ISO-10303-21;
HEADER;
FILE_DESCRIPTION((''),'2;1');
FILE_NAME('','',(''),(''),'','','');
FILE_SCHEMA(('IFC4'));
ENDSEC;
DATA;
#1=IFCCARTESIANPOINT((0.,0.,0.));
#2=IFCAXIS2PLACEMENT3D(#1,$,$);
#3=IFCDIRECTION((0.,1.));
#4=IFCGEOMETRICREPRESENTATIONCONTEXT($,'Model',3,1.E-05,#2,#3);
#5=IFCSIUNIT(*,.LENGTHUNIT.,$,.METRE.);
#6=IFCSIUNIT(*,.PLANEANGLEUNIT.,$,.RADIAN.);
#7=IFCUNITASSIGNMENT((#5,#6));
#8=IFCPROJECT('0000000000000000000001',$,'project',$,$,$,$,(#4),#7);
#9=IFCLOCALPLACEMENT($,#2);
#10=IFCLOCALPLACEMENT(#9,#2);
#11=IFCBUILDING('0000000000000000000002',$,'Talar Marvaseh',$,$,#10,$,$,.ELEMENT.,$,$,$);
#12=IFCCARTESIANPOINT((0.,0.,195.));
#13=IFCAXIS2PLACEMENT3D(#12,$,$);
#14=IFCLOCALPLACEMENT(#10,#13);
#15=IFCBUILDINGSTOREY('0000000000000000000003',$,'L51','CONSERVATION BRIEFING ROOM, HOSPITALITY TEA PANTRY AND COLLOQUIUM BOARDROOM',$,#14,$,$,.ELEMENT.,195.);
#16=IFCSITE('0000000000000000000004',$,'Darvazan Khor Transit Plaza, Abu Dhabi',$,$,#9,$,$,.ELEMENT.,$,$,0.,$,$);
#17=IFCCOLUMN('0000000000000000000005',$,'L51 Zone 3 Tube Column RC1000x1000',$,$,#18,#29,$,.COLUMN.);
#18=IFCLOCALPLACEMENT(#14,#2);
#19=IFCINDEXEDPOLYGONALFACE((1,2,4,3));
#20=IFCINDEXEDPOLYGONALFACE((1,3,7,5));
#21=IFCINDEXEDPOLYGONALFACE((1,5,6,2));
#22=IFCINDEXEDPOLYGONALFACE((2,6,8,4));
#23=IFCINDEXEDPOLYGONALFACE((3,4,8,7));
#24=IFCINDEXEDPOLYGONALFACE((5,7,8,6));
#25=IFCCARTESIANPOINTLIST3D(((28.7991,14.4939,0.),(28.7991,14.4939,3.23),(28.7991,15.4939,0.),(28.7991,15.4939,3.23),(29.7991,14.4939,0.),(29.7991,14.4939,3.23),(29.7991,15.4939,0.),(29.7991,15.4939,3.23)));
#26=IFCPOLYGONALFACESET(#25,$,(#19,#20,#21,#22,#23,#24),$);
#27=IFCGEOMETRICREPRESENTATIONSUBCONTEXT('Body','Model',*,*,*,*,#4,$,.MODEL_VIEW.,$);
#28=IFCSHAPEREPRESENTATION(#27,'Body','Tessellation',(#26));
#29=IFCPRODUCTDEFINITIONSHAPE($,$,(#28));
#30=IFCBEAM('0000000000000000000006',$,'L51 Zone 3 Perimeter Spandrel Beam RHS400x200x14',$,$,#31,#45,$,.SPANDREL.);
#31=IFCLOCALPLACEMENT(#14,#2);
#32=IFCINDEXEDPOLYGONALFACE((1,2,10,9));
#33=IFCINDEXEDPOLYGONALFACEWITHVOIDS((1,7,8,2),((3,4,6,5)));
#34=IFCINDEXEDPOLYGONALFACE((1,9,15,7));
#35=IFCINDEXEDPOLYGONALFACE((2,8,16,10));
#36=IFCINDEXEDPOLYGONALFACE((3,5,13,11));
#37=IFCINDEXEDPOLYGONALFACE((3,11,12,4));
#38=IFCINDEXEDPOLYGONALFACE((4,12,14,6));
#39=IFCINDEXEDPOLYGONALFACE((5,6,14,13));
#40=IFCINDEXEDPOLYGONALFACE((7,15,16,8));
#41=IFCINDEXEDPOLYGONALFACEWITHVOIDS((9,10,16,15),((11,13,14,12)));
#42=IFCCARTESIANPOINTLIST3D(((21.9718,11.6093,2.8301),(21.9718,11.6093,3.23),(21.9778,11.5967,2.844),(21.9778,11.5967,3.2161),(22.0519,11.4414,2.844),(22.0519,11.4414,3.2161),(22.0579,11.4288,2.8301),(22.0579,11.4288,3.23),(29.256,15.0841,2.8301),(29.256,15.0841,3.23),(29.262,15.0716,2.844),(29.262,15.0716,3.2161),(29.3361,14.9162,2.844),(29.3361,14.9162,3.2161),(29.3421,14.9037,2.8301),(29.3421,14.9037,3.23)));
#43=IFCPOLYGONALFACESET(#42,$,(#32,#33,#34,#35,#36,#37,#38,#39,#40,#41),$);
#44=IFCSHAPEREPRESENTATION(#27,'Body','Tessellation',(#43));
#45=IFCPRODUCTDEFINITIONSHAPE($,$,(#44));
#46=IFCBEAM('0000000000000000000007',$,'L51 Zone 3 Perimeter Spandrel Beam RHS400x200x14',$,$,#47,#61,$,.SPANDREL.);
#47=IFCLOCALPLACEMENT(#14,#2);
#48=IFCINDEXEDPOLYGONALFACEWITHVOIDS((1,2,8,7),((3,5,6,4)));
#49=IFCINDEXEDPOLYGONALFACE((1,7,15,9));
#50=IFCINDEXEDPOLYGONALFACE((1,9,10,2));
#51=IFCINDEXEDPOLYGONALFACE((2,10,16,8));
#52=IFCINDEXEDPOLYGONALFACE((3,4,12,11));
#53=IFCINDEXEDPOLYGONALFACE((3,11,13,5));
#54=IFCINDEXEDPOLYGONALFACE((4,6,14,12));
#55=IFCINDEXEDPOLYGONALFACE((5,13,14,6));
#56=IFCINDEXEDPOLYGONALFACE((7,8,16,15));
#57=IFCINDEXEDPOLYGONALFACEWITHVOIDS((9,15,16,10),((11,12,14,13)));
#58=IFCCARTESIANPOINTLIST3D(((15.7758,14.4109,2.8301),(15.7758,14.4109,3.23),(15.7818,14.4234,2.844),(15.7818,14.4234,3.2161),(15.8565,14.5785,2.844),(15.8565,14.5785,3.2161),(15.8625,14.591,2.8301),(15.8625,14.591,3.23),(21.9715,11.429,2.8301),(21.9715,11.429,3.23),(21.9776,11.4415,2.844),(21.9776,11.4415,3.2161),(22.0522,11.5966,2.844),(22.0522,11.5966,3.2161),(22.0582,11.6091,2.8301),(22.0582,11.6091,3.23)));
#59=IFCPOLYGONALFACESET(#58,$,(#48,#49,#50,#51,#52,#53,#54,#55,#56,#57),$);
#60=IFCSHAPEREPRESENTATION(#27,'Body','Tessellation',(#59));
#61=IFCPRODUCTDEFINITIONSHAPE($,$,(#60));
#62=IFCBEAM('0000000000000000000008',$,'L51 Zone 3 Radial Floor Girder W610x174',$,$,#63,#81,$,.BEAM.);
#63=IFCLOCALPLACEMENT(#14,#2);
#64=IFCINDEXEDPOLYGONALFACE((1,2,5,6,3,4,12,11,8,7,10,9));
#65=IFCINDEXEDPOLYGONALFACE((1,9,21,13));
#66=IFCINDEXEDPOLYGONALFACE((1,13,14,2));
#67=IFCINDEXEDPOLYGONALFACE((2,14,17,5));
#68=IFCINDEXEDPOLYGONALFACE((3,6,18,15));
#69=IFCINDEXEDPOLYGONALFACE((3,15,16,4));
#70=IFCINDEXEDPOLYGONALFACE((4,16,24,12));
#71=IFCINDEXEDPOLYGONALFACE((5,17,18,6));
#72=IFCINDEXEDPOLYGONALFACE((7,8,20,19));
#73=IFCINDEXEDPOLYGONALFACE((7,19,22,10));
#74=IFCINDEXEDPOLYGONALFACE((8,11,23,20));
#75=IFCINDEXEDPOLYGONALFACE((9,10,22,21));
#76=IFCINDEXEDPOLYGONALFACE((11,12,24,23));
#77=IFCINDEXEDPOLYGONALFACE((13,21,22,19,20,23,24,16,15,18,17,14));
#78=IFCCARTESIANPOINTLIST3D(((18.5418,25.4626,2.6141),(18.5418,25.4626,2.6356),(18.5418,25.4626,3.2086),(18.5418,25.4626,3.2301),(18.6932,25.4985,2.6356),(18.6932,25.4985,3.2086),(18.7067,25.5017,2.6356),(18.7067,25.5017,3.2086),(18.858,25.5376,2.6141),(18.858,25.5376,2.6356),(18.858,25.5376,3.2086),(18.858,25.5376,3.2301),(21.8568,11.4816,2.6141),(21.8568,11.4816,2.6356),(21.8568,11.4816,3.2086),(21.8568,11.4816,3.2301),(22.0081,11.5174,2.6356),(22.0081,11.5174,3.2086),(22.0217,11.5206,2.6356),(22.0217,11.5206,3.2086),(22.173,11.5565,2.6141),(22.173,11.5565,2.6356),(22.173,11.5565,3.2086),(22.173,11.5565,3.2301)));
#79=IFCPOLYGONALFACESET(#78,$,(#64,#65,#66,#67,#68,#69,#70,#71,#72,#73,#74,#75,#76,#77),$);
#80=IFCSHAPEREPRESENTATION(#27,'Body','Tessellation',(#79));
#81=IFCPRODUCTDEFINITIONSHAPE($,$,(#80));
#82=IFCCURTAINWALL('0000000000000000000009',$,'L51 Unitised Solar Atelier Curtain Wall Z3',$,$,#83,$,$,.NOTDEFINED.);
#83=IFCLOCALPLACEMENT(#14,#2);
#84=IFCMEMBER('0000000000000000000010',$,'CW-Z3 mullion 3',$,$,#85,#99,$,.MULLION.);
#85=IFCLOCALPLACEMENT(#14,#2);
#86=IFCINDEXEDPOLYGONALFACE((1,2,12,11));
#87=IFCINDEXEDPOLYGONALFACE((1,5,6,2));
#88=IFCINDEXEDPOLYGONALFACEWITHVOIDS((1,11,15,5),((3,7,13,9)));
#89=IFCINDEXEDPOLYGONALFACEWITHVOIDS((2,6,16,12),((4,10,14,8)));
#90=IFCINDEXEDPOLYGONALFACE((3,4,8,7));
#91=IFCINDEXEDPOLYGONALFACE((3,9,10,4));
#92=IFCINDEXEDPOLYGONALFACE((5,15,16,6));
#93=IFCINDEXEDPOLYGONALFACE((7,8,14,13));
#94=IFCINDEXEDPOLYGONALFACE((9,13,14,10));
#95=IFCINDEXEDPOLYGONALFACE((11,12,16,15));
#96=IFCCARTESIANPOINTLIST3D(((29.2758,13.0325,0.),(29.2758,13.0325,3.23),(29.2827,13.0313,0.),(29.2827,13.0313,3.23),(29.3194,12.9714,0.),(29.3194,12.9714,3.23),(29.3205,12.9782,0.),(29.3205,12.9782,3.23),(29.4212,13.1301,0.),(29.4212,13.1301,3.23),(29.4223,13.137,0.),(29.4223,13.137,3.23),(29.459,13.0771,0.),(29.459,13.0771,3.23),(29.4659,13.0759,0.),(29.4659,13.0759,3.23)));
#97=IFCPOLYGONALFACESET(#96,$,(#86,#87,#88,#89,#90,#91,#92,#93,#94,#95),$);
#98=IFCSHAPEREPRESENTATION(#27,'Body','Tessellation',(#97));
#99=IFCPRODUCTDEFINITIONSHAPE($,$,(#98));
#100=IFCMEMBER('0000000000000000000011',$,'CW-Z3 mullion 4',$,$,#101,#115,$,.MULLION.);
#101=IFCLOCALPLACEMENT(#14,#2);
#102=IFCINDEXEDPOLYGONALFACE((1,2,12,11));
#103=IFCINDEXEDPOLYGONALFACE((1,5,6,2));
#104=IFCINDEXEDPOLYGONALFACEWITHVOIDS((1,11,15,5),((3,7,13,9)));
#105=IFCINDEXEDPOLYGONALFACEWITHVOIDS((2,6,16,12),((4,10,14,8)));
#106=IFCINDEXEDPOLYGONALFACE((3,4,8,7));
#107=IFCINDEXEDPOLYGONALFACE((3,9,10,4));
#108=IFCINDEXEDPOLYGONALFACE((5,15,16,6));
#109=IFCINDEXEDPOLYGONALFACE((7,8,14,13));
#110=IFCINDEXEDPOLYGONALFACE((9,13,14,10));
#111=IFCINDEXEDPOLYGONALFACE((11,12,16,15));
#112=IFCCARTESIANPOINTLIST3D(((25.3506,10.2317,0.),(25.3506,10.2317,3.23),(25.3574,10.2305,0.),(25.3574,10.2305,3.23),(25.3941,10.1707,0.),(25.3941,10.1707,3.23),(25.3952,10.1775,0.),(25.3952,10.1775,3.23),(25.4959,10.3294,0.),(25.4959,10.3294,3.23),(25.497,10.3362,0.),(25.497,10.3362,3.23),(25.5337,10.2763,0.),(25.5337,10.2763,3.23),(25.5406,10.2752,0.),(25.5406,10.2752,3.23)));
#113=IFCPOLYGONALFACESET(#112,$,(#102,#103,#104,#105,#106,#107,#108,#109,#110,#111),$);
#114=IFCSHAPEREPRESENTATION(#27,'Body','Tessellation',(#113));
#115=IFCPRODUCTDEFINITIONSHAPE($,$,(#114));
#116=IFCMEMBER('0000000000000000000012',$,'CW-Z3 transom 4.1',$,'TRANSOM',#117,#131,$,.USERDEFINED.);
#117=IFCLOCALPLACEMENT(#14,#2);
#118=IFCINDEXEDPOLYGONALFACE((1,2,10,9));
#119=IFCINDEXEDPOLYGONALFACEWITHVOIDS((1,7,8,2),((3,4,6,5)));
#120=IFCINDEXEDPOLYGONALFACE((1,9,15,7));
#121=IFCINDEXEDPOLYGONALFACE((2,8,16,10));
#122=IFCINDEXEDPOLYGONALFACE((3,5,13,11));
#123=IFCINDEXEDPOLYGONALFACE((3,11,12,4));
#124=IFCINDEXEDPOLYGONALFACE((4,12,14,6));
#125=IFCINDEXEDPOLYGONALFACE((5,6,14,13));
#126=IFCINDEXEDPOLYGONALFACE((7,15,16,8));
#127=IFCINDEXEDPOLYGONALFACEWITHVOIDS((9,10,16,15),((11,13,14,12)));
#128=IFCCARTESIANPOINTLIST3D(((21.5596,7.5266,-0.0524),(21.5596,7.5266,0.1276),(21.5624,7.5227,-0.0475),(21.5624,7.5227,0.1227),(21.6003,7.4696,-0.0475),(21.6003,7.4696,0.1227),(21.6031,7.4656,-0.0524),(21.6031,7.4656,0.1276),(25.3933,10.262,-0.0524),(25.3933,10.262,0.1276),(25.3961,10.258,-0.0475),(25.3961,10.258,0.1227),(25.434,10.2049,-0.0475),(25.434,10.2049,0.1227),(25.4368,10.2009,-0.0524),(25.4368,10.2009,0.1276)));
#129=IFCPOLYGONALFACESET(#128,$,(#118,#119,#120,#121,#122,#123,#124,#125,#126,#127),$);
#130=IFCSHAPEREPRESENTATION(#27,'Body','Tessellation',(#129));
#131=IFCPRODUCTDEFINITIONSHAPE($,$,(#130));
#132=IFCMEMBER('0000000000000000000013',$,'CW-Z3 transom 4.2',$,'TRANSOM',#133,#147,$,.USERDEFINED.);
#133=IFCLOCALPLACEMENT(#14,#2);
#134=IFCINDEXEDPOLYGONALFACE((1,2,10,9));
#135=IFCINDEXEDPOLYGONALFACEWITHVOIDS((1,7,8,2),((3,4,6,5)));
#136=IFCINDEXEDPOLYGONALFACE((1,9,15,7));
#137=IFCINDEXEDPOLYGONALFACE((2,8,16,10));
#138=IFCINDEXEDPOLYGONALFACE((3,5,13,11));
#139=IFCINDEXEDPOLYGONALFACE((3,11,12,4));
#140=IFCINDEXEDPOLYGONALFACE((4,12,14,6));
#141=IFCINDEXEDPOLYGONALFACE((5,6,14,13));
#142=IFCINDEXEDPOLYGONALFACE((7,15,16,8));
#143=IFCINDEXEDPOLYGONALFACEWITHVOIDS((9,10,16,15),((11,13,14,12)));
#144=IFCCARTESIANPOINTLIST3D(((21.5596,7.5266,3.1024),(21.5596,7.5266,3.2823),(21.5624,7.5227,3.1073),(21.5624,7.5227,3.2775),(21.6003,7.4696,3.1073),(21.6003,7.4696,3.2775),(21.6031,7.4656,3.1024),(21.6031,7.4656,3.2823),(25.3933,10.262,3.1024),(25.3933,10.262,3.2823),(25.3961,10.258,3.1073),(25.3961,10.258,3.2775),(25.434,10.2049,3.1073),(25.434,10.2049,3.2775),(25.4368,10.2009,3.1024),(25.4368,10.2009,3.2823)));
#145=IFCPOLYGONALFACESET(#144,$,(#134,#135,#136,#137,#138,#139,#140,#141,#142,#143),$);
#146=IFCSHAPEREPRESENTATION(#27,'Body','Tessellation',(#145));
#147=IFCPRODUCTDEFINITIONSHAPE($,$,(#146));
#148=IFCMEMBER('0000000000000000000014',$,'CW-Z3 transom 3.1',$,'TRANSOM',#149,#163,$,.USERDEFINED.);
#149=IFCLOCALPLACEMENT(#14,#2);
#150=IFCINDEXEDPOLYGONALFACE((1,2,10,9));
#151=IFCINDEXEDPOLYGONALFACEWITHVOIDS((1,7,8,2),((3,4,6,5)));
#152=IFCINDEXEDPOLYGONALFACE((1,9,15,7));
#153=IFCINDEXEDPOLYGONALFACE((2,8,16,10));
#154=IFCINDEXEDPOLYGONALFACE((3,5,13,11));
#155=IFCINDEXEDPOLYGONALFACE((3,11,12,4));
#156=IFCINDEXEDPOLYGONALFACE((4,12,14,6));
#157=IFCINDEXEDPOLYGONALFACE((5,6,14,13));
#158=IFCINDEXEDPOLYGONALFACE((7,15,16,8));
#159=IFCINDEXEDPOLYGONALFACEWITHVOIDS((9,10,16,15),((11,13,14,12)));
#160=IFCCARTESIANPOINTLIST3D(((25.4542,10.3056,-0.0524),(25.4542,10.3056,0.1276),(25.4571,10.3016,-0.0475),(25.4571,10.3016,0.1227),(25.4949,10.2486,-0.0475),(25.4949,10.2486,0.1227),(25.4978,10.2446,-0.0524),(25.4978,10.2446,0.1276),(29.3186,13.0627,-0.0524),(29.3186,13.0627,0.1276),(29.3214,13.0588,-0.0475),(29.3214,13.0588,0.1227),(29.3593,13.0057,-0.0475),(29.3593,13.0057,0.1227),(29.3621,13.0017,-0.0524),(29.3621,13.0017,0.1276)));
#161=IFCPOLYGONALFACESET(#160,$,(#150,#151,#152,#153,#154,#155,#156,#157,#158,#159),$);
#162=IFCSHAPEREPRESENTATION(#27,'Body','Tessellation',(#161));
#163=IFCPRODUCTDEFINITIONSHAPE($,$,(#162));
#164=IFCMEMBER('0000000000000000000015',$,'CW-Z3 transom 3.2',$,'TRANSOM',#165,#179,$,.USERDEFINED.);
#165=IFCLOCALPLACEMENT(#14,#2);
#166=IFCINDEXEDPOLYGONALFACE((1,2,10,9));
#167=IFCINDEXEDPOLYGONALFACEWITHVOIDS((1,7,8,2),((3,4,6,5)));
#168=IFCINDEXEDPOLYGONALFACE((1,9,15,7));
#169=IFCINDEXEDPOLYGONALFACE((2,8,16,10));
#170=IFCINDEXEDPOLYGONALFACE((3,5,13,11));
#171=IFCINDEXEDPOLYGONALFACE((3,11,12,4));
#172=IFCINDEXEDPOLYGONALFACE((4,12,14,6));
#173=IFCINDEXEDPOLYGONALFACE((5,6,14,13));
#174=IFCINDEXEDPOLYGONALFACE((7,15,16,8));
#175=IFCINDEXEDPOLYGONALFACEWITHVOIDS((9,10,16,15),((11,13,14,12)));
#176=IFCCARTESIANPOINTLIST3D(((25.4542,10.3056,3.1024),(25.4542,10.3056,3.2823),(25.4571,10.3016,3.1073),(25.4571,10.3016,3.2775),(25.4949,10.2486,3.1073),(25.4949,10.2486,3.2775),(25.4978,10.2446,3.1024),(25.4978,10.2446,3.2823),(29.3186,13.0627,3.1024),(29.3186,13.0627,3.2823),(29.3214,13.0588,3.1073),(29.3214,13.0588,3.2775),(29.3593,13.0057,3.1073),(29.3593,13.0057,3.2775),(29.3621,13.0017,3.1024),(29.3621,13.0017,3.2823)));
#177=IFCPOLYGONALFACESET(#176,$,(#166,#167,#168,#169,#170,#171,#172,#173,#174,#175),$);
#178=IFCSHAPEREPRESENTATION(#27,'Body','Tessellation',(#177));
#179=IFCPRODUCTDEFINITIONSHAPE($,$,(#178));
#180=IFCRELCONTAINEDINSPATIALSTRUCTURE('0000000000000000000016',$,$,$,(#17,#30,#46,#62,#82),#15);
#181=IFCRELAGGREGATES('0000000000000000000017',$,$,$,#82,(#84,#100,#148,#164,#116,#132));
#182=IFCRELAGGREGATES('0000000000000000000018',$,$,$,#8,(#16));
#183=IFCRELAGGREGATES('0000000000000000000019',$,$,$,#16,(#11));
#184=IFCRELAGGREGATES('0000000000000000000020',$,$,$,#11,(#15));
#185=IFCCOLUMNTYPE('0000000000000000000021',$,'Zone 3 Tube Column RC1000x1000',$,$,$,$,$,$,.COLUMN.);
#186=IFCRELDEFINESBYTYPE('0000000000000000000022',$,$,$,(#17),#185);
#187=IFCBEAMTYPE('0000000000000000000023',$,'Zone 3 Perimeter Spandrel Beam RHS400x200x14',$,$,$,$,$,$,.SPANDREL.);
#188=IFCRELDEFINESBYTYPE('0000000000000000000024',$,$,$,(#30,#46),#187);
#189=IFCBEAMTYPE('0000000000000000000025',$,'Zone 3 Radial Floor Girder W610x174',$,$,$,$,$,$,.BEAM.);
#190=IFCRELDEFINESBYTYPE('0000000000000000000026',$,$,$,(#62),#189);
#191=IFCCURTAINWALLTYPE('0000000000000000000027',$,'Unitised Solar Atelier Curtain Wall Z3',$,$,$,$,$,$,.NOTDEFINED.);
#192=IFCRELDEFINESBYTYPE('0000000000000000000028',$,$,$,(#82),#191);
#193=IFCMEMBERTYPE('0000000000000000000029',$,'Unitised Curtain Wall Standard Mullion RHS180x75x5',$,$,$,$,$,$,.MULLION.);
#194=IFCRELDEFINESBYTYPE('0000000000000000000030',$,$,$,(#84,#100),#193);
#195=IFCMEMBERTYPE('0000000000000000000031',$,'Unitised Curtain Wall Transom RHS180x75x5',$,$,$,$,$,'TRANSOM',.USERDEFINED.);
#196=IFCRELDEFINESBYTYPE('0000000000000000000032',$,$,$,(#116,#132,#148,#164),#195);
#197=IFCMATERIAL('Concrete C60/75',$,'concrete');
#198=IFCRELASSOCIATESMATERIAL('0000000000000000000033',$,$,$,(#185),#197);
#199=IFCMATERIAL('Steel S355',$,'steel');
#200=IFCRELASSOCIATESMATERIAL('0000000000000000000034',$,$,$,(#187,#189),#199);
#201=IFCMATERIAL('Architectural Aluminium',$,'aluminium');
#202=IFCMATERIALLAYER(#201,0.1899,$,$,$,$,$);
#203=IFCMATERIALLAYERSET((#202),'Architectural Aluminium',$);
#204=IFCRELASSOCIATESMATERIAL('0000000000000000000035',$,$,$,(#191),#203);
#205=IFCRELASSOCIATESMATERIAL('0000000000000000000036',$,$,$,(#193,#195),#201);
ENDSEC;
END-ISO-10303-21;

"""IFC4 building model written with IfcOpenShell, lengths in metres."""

from ifc_helpers import new_model, si_unit, direction, frame, origin, origin_2d, place, context, subcontext, project, spatial, rectangle, hollow_rectangle, i_section, extrude, source, transform, mapped, material, layer, layer_set, material_profile, profile_set, type_object, type_shapes, element, aggregate, save


model = new_model("IFC4")

# Units and contexts
model_context = context("Model", 3, precision=1e-05, world=origin(), true_north=direction((0.0, 1.0)))
body_context = subcontext(model_context, "Body", "Model", "MODEL_VIEW")
ifc_project = project(units=[si_unit("LENGTHUNIT", "METRE"), si_unit("PLANEANGLEUNIT", "RADIAN")], contexts=[model_context])

# Site, building, storey
site_placement = place(None, origin())
site = spatial("IfcSite", under=ifc_project, at=site_placement, Name="Darvazan Khor Transit Plaza, Abu Dhabi", CompositionType="ELEMENT", RefElevation=0.0)
building_placement = place(site_placement, origin())
building = spatial("IfcBuilding", under=site, at=building_placement, Name="Talar Marvaseh", CompositionType="ELEMENT")
storey_placement = place(building_placement, frame((0.0, 0.0, 195.0)))
storey = spatial("IfcBuildingStorey", under=building, at=storey_placement, Name="L51", Description="CONSERVATION BRIEFING ROOM, HOSPITALITY TEA PANTRY AND COLLOQUIUM BOARDROOM", CompositionType="ELEMENT", Elevation=195.0)

# Column
ifc_material_1 = material(Name="Concrete C60/75", Category="concrete")
ifc_material_profile_1 = material_profile(ifc_material_1, rectangle(XDim=1.0, YDim=1.0, at=origin_2d()), Name="RC1000x1000")
ifc_profile_set_1 = profile_set([ifc_material_profile_1], Name="Concrete C60/75")
column_type = type_object("IfcColumnType", Name="Zone 3 Tube Column RC1000x1000", PredefinedType="COLUMN", material=ifc_profile_set_1)
column_placement = place(storey_placement, frame((29.2991, 14.9939, 0.0), z_axis=(0.0, 0.0, 1.0), x_axis=(1.0, 0.0, 0.0)))
element("IfcColumn", 1, at=column_placement, inside=storey, type_object=column_type, Name="L51 Zone 3 Tube Column RC1000x1000", PredefinedType="COLUMN", context=body_context, shape_type="SweptSolid", body=[
    extrude(rectangle(XDim=1.0, YDim=1.0, at=origin_2d()), origin(), (0.0, 0.0, 1.0), 3.23),
])

# Beams
ifc_material_2 = material(Name="Steel S355", Category="steel")
ifc_material_profile_2 = material_profile(ifc_material_2, hollow_rectangle(XDim=0.2, YDim=0.3999, WallThickness=0.0139, at=origin_2d()), Name="RHS400x200x14")
ifc_profile_set_2 = profile_set([ifc_material_profile_2], Name="Steel S355")
beam_type_1 = type_object("IfcBeamType", Name="Zone 3 Perimeter Spandrel Beam RHS400x200x14", PredefinedType="SPANDREL", material=ifc_profile_set_2)
beam_1_placement = place(storey_placement, frame((29.2991, 14.9939, 3.03), z_axis=(-0.902562, -0.430559, 0.0), x_axis=(0.430559, -0.902562, 0.0)))
element("IfcBeam", 2, at=beam_1_placement, inside=storey, type_object=beam_type_1, Name="L51 Zone 3 Perimeter Spandrel Beam RHS400x200x14", PredefinedType="SPANDREL", context=body_context, shape_type="SweptSolid", body=[
    extrude(hollow_rectangle(XDim=0.2, YDim=0.3999, WallThickness=0.0139, at=origin_2d()), origin(), (0.0, 0.0, 1.0), 8.0706),
])
beam_2_placement = place(storey_placement, frame((22.0149, 11.519, 3.03), z_axis=(-0.901072, 0.43367, 0.0), x_axis=(-0.43367, -0.901072, 0.0)))
element("IfcBeam", 3, at=beam_2_placement, inside=storey, type_object=beam_type_1, Name="L51 Zone 3 Perimeter Spandrel Beam RHS400x200x14", PredefinedType="SPANDREL", context=body_context, shape_type="SweptSolid", body=[
    extrude(hollow_rectangle(XDim=0.2, YDim=0.3999, WallThickness=0.0139, at=origin_2d()), origin(), (0.0, 0.0, 1.0), 6.876),
])
ifc_material_profile_3 = material_profile(ifc_material_2, i_section(OverallWidth=0.325, OverallDepth=0.616, WebThickness=0.0139, FlangeThickness=0.0215, at=origin_2d()), Name="W610x174")
ifc_profile_set_3 = profile_set([ifc_material_profile_3], Name="Steel S355")
beam_type_2 = type_object("IfcBeamType", Name="Zone 3 Radial Floor Girder W610x174", PredefinedType="BEAM", material=ifc_profile_set_3)
beam_3_placement = place(storey_placement, frame((22.0149, 11.519, 2.9221), z_axis=(-0.230708, 0.973023, 0.0), x_axis=(-0.973023, -0.230708, 0.0)))
element("IfcBeam", 4, at=beam_3_placement, inside=storey, type_object=beam_type_2, Name="L51 Zone 3 Radial Floor Girder W610x174", PredefinedType="BEAM", context=body_context, shape_type="SweptSolid", body=[
    extrude(i_section(OverallWidth=0.325, OverallDepth=0.616, WebThickness=0.0139, FlangeThickness=0.0215, at=origin_2d()), origin(), (0.0, 0.0, 1.0), 14.3687),
])

# Curtain wall, members
ifc_material_3 = material(Name="Architectural Aluminium", Category="aluminium")
ifc_layer_1 = layer(ifc_material_3, 0.1899)
ifc_layer_set_1 = layer_set([ifc_layer_1], Name="Architectural Aluminium")
curtain_wall_type = type_object("IfcCurtainWallType", Name="Unitised Solar Atelier Curtain Wall Z3", PredefinedType="NOTDEFINED", material=ifc_layer_set_1)
curtain_wall_placement = place(storey_placement, origin())
curtain_wall = element("IfcCurtainWall", 5, at=curtain_wall_placement, inside=storey, type_object=curtain_wall_type, Name="L51 Unitised Solar Atelier Curtain Wall Z3", PredefinedType="NOTDEFINED")
ifc_material_profile_4 = material_profile(ifc_material_3, hollow_rectangle(XDim=0.075, YDim=0.1799, WallThickness=0.0049, at=origin_2d()), Name="RHS180x75x5")
ifc_profile_set_4 = profile_set([ifc_material_profile_4], Name="Architectural Aluminium")
member_type_1 = type_object("IfcMemberType", Name="Unitised Curtain Wall Standard Mullion RHS180x75x5", PredefinedType="MULLION", material=ifc_profile_set_4)
shared_shape_1 = source(origin(), body_context, "Body", "SweptSolid", [
    extrude(hollow_rectangle(XDim=0.075, YDim=0.1799, WallThickness=0.0049, at=origin_2d()), origin(), (0.0, 0.0, 1.0), 3.23),
])
type_shapes(member_type_1, [shared_shape_1])
member_1_placement = place(storey_placement, frame((29.3708, 13.0542, 0.0), z_axis=(0.0, 0.0, 1.0), x_axis=(0.580831, -0.814024, 0.0)))
member_1 = element("IfcMember", 6, at=member_1_placement, type_object=member_type_1, Name="CW-Z3 mullion 3", PredefinedType="MULLION", context=body_context, shape_type="MappedRepresentation", body=[
    mapped(shared_shape_1, transform((0.0, 0.0, 0.0), x_axis=(1.0, 0.0, 0.0), y_axis=(0.0, 1.0, 0.0), z_axis=(0.0, 0.0, 1.0), scale=1.0)),
])
member_2_placement = place(storey_placement, frame((25.4456, 10.2534, 0.0), z_axis=(0.0, 0.0, 1.0), x_axis=(0.580831, -0.814024, 0.0)))
member_2 = element("IfcMember", 7, at=member_2_placement, type_object=member_type_1, Name="CW-Z3 mullion 4", PredefinedType="MULLION", context=body_context, shape_type="MappedRepresentation", body=[
    mapped(shared_shape_1, transform((0.0, 0.0, 0.0), x_axis=(1.0, 0.0, 0.0), y_axis=(0.0, 1.0, 0.0), z_axis=(0.0, 0.0, 1.0), scale=1.0)),
])
ifc_material_profile_5 = material_profile(ifc_material_3, hollow_rectangle(XDim=0.075, YDim=0.1799, WallThickness=0.0049, at=origin_2d()), Name="RHS180x75x5")
ifc_profile_set_5 = profile_set([ifc_material_profile_5], Name="Architectural Aluminium")
member_type_2 = type_object("IfcMemberType", Name="Unitised Curtain Wall Transom RHS180x75x5", ElementType="TRANSOM", PredefinedType="USERDEFINED", material=ifc_profile_set_5)
shared_shape_2 = source(origin(), body_context, "Body", "SweptSolid", [
    extrude(hollow_rectangle(XDim=0.075, YDim=0.1799, WallThickness=0.0049, at=origin_2d()), origin(), (0.0, 0.0, 1.0), 4.7095),
])
member_3_placement = place(storey_placement, frame((25.415, 10.2314, 0.0376), z_axis=(-0.814038, -0.580811, 0.0), x_axis=(0.580811, -0.814038, 0.0)))
member_3 = element("IfcMember", 8, at=member_3_placement, type_object=member_type_2, Name="CW-Z3 transom 4.1", ObjectType="TRANSOM", PredefinedType="USERDEFINED", context=body_context, shape_type="MappedRepresentation", body=[
    mapped(shared_shape_2, transform((0.0, 0.0, 0.0), x_axis=(1.0, 0.0, 0.0), y_axis=(0.0, 1.0, 0.0), z_axis=(0.0, 0.0, 1.0), scale=1.0)),
])
member_4_placement = place(storey_placement, frame((25.415, 10.2314, 3.1924), z_axis=(-0.814038, -0.580811, 0.0), x_axis=(0.580811, -0.814038, 0.0)))
member_4 = element("IfcMember", 9, at=member_4_placement, type_object=member_type_2, Name="CW-Z3 transom 4.2", ObjectType="TRANSOM", PredefinedType="USERDEFINED", context=body_context, shape_type="MappedRepresentation", body=[
    mapped(shared_shape_2, transform((0.0, 0.0, 0.0), x_axis=(1.0, 0.0, 0.0), y_axis=(0.0, 1.0, 0.0), z_axis=(0.0, 0.0, 1.0), scale=1.0)),
])
shared_shape_3 = source(origin(), body_context, "Body", "SweptSolid", [
    extrude(hollow_rectangle(XDim=0.075, YDim=0.1799, WallThickness=0.0049, at=origin_2d()), origin(), (0.0, 0.0, 1.0), 4.7471),
])
type_shapes(member_type_2, [shared_shape_2, shared_shape_3])
member_5_placement = place(storey_placement, frame((29.3403, 13.0322, 0.0376), z_axis=(-0.814043, -0.580805, 0.0), x_axis=(0.580805, -0.814043, 0.0)))
member_5 = element("IfcMember", 10, at=member_5_placement, type_object=member_type_2, Name="CW-Z3 transom 3.1", ObjectType="TRANSOM", PredefinedType="USERDEFINED", context=body_context, shape_type="MappedRepresentation", body=[
    mapped(shared_shape_3, transform((0.0, 0.0, 0.0), x_axis=(1.0, 0.0, 0.0), y_axis=(0.0, 1.0, 0.0), z_axis=(0.0, 0.0, 1.0), scale=1.0)),
])
member_6_placement = place(storey_placement, frame((29.3403, 13.0322, 3.1924), z_axis=(-0.814043, -0.580805, 0.0), x_axis=(0.580805, -0.814043, 0.0)))
member_6 = element("IfcMember", 11, at=member_6_placement, type_object=member_type_2, Name="CW-Z3 transom 3.2", ObjectType="TRANSOM", PredefinedType="USERDEFINED", context=body_context, shape_type="MappedRepresentation", body=[
    mapped(shared_shape_3, transform((0.0, 0.0, 0.0), x_axis=(1.0, 0.0, 0.0), y_axis=(0.0, 1.0, 0.0), z_axis=(0.0, 0.0, 1.0), scale=1.0)),
])
aggregate(curtain_wall, [member_1, member_2, member_5, member_6, member_3, member_4])

save(model, "model.ifc")
